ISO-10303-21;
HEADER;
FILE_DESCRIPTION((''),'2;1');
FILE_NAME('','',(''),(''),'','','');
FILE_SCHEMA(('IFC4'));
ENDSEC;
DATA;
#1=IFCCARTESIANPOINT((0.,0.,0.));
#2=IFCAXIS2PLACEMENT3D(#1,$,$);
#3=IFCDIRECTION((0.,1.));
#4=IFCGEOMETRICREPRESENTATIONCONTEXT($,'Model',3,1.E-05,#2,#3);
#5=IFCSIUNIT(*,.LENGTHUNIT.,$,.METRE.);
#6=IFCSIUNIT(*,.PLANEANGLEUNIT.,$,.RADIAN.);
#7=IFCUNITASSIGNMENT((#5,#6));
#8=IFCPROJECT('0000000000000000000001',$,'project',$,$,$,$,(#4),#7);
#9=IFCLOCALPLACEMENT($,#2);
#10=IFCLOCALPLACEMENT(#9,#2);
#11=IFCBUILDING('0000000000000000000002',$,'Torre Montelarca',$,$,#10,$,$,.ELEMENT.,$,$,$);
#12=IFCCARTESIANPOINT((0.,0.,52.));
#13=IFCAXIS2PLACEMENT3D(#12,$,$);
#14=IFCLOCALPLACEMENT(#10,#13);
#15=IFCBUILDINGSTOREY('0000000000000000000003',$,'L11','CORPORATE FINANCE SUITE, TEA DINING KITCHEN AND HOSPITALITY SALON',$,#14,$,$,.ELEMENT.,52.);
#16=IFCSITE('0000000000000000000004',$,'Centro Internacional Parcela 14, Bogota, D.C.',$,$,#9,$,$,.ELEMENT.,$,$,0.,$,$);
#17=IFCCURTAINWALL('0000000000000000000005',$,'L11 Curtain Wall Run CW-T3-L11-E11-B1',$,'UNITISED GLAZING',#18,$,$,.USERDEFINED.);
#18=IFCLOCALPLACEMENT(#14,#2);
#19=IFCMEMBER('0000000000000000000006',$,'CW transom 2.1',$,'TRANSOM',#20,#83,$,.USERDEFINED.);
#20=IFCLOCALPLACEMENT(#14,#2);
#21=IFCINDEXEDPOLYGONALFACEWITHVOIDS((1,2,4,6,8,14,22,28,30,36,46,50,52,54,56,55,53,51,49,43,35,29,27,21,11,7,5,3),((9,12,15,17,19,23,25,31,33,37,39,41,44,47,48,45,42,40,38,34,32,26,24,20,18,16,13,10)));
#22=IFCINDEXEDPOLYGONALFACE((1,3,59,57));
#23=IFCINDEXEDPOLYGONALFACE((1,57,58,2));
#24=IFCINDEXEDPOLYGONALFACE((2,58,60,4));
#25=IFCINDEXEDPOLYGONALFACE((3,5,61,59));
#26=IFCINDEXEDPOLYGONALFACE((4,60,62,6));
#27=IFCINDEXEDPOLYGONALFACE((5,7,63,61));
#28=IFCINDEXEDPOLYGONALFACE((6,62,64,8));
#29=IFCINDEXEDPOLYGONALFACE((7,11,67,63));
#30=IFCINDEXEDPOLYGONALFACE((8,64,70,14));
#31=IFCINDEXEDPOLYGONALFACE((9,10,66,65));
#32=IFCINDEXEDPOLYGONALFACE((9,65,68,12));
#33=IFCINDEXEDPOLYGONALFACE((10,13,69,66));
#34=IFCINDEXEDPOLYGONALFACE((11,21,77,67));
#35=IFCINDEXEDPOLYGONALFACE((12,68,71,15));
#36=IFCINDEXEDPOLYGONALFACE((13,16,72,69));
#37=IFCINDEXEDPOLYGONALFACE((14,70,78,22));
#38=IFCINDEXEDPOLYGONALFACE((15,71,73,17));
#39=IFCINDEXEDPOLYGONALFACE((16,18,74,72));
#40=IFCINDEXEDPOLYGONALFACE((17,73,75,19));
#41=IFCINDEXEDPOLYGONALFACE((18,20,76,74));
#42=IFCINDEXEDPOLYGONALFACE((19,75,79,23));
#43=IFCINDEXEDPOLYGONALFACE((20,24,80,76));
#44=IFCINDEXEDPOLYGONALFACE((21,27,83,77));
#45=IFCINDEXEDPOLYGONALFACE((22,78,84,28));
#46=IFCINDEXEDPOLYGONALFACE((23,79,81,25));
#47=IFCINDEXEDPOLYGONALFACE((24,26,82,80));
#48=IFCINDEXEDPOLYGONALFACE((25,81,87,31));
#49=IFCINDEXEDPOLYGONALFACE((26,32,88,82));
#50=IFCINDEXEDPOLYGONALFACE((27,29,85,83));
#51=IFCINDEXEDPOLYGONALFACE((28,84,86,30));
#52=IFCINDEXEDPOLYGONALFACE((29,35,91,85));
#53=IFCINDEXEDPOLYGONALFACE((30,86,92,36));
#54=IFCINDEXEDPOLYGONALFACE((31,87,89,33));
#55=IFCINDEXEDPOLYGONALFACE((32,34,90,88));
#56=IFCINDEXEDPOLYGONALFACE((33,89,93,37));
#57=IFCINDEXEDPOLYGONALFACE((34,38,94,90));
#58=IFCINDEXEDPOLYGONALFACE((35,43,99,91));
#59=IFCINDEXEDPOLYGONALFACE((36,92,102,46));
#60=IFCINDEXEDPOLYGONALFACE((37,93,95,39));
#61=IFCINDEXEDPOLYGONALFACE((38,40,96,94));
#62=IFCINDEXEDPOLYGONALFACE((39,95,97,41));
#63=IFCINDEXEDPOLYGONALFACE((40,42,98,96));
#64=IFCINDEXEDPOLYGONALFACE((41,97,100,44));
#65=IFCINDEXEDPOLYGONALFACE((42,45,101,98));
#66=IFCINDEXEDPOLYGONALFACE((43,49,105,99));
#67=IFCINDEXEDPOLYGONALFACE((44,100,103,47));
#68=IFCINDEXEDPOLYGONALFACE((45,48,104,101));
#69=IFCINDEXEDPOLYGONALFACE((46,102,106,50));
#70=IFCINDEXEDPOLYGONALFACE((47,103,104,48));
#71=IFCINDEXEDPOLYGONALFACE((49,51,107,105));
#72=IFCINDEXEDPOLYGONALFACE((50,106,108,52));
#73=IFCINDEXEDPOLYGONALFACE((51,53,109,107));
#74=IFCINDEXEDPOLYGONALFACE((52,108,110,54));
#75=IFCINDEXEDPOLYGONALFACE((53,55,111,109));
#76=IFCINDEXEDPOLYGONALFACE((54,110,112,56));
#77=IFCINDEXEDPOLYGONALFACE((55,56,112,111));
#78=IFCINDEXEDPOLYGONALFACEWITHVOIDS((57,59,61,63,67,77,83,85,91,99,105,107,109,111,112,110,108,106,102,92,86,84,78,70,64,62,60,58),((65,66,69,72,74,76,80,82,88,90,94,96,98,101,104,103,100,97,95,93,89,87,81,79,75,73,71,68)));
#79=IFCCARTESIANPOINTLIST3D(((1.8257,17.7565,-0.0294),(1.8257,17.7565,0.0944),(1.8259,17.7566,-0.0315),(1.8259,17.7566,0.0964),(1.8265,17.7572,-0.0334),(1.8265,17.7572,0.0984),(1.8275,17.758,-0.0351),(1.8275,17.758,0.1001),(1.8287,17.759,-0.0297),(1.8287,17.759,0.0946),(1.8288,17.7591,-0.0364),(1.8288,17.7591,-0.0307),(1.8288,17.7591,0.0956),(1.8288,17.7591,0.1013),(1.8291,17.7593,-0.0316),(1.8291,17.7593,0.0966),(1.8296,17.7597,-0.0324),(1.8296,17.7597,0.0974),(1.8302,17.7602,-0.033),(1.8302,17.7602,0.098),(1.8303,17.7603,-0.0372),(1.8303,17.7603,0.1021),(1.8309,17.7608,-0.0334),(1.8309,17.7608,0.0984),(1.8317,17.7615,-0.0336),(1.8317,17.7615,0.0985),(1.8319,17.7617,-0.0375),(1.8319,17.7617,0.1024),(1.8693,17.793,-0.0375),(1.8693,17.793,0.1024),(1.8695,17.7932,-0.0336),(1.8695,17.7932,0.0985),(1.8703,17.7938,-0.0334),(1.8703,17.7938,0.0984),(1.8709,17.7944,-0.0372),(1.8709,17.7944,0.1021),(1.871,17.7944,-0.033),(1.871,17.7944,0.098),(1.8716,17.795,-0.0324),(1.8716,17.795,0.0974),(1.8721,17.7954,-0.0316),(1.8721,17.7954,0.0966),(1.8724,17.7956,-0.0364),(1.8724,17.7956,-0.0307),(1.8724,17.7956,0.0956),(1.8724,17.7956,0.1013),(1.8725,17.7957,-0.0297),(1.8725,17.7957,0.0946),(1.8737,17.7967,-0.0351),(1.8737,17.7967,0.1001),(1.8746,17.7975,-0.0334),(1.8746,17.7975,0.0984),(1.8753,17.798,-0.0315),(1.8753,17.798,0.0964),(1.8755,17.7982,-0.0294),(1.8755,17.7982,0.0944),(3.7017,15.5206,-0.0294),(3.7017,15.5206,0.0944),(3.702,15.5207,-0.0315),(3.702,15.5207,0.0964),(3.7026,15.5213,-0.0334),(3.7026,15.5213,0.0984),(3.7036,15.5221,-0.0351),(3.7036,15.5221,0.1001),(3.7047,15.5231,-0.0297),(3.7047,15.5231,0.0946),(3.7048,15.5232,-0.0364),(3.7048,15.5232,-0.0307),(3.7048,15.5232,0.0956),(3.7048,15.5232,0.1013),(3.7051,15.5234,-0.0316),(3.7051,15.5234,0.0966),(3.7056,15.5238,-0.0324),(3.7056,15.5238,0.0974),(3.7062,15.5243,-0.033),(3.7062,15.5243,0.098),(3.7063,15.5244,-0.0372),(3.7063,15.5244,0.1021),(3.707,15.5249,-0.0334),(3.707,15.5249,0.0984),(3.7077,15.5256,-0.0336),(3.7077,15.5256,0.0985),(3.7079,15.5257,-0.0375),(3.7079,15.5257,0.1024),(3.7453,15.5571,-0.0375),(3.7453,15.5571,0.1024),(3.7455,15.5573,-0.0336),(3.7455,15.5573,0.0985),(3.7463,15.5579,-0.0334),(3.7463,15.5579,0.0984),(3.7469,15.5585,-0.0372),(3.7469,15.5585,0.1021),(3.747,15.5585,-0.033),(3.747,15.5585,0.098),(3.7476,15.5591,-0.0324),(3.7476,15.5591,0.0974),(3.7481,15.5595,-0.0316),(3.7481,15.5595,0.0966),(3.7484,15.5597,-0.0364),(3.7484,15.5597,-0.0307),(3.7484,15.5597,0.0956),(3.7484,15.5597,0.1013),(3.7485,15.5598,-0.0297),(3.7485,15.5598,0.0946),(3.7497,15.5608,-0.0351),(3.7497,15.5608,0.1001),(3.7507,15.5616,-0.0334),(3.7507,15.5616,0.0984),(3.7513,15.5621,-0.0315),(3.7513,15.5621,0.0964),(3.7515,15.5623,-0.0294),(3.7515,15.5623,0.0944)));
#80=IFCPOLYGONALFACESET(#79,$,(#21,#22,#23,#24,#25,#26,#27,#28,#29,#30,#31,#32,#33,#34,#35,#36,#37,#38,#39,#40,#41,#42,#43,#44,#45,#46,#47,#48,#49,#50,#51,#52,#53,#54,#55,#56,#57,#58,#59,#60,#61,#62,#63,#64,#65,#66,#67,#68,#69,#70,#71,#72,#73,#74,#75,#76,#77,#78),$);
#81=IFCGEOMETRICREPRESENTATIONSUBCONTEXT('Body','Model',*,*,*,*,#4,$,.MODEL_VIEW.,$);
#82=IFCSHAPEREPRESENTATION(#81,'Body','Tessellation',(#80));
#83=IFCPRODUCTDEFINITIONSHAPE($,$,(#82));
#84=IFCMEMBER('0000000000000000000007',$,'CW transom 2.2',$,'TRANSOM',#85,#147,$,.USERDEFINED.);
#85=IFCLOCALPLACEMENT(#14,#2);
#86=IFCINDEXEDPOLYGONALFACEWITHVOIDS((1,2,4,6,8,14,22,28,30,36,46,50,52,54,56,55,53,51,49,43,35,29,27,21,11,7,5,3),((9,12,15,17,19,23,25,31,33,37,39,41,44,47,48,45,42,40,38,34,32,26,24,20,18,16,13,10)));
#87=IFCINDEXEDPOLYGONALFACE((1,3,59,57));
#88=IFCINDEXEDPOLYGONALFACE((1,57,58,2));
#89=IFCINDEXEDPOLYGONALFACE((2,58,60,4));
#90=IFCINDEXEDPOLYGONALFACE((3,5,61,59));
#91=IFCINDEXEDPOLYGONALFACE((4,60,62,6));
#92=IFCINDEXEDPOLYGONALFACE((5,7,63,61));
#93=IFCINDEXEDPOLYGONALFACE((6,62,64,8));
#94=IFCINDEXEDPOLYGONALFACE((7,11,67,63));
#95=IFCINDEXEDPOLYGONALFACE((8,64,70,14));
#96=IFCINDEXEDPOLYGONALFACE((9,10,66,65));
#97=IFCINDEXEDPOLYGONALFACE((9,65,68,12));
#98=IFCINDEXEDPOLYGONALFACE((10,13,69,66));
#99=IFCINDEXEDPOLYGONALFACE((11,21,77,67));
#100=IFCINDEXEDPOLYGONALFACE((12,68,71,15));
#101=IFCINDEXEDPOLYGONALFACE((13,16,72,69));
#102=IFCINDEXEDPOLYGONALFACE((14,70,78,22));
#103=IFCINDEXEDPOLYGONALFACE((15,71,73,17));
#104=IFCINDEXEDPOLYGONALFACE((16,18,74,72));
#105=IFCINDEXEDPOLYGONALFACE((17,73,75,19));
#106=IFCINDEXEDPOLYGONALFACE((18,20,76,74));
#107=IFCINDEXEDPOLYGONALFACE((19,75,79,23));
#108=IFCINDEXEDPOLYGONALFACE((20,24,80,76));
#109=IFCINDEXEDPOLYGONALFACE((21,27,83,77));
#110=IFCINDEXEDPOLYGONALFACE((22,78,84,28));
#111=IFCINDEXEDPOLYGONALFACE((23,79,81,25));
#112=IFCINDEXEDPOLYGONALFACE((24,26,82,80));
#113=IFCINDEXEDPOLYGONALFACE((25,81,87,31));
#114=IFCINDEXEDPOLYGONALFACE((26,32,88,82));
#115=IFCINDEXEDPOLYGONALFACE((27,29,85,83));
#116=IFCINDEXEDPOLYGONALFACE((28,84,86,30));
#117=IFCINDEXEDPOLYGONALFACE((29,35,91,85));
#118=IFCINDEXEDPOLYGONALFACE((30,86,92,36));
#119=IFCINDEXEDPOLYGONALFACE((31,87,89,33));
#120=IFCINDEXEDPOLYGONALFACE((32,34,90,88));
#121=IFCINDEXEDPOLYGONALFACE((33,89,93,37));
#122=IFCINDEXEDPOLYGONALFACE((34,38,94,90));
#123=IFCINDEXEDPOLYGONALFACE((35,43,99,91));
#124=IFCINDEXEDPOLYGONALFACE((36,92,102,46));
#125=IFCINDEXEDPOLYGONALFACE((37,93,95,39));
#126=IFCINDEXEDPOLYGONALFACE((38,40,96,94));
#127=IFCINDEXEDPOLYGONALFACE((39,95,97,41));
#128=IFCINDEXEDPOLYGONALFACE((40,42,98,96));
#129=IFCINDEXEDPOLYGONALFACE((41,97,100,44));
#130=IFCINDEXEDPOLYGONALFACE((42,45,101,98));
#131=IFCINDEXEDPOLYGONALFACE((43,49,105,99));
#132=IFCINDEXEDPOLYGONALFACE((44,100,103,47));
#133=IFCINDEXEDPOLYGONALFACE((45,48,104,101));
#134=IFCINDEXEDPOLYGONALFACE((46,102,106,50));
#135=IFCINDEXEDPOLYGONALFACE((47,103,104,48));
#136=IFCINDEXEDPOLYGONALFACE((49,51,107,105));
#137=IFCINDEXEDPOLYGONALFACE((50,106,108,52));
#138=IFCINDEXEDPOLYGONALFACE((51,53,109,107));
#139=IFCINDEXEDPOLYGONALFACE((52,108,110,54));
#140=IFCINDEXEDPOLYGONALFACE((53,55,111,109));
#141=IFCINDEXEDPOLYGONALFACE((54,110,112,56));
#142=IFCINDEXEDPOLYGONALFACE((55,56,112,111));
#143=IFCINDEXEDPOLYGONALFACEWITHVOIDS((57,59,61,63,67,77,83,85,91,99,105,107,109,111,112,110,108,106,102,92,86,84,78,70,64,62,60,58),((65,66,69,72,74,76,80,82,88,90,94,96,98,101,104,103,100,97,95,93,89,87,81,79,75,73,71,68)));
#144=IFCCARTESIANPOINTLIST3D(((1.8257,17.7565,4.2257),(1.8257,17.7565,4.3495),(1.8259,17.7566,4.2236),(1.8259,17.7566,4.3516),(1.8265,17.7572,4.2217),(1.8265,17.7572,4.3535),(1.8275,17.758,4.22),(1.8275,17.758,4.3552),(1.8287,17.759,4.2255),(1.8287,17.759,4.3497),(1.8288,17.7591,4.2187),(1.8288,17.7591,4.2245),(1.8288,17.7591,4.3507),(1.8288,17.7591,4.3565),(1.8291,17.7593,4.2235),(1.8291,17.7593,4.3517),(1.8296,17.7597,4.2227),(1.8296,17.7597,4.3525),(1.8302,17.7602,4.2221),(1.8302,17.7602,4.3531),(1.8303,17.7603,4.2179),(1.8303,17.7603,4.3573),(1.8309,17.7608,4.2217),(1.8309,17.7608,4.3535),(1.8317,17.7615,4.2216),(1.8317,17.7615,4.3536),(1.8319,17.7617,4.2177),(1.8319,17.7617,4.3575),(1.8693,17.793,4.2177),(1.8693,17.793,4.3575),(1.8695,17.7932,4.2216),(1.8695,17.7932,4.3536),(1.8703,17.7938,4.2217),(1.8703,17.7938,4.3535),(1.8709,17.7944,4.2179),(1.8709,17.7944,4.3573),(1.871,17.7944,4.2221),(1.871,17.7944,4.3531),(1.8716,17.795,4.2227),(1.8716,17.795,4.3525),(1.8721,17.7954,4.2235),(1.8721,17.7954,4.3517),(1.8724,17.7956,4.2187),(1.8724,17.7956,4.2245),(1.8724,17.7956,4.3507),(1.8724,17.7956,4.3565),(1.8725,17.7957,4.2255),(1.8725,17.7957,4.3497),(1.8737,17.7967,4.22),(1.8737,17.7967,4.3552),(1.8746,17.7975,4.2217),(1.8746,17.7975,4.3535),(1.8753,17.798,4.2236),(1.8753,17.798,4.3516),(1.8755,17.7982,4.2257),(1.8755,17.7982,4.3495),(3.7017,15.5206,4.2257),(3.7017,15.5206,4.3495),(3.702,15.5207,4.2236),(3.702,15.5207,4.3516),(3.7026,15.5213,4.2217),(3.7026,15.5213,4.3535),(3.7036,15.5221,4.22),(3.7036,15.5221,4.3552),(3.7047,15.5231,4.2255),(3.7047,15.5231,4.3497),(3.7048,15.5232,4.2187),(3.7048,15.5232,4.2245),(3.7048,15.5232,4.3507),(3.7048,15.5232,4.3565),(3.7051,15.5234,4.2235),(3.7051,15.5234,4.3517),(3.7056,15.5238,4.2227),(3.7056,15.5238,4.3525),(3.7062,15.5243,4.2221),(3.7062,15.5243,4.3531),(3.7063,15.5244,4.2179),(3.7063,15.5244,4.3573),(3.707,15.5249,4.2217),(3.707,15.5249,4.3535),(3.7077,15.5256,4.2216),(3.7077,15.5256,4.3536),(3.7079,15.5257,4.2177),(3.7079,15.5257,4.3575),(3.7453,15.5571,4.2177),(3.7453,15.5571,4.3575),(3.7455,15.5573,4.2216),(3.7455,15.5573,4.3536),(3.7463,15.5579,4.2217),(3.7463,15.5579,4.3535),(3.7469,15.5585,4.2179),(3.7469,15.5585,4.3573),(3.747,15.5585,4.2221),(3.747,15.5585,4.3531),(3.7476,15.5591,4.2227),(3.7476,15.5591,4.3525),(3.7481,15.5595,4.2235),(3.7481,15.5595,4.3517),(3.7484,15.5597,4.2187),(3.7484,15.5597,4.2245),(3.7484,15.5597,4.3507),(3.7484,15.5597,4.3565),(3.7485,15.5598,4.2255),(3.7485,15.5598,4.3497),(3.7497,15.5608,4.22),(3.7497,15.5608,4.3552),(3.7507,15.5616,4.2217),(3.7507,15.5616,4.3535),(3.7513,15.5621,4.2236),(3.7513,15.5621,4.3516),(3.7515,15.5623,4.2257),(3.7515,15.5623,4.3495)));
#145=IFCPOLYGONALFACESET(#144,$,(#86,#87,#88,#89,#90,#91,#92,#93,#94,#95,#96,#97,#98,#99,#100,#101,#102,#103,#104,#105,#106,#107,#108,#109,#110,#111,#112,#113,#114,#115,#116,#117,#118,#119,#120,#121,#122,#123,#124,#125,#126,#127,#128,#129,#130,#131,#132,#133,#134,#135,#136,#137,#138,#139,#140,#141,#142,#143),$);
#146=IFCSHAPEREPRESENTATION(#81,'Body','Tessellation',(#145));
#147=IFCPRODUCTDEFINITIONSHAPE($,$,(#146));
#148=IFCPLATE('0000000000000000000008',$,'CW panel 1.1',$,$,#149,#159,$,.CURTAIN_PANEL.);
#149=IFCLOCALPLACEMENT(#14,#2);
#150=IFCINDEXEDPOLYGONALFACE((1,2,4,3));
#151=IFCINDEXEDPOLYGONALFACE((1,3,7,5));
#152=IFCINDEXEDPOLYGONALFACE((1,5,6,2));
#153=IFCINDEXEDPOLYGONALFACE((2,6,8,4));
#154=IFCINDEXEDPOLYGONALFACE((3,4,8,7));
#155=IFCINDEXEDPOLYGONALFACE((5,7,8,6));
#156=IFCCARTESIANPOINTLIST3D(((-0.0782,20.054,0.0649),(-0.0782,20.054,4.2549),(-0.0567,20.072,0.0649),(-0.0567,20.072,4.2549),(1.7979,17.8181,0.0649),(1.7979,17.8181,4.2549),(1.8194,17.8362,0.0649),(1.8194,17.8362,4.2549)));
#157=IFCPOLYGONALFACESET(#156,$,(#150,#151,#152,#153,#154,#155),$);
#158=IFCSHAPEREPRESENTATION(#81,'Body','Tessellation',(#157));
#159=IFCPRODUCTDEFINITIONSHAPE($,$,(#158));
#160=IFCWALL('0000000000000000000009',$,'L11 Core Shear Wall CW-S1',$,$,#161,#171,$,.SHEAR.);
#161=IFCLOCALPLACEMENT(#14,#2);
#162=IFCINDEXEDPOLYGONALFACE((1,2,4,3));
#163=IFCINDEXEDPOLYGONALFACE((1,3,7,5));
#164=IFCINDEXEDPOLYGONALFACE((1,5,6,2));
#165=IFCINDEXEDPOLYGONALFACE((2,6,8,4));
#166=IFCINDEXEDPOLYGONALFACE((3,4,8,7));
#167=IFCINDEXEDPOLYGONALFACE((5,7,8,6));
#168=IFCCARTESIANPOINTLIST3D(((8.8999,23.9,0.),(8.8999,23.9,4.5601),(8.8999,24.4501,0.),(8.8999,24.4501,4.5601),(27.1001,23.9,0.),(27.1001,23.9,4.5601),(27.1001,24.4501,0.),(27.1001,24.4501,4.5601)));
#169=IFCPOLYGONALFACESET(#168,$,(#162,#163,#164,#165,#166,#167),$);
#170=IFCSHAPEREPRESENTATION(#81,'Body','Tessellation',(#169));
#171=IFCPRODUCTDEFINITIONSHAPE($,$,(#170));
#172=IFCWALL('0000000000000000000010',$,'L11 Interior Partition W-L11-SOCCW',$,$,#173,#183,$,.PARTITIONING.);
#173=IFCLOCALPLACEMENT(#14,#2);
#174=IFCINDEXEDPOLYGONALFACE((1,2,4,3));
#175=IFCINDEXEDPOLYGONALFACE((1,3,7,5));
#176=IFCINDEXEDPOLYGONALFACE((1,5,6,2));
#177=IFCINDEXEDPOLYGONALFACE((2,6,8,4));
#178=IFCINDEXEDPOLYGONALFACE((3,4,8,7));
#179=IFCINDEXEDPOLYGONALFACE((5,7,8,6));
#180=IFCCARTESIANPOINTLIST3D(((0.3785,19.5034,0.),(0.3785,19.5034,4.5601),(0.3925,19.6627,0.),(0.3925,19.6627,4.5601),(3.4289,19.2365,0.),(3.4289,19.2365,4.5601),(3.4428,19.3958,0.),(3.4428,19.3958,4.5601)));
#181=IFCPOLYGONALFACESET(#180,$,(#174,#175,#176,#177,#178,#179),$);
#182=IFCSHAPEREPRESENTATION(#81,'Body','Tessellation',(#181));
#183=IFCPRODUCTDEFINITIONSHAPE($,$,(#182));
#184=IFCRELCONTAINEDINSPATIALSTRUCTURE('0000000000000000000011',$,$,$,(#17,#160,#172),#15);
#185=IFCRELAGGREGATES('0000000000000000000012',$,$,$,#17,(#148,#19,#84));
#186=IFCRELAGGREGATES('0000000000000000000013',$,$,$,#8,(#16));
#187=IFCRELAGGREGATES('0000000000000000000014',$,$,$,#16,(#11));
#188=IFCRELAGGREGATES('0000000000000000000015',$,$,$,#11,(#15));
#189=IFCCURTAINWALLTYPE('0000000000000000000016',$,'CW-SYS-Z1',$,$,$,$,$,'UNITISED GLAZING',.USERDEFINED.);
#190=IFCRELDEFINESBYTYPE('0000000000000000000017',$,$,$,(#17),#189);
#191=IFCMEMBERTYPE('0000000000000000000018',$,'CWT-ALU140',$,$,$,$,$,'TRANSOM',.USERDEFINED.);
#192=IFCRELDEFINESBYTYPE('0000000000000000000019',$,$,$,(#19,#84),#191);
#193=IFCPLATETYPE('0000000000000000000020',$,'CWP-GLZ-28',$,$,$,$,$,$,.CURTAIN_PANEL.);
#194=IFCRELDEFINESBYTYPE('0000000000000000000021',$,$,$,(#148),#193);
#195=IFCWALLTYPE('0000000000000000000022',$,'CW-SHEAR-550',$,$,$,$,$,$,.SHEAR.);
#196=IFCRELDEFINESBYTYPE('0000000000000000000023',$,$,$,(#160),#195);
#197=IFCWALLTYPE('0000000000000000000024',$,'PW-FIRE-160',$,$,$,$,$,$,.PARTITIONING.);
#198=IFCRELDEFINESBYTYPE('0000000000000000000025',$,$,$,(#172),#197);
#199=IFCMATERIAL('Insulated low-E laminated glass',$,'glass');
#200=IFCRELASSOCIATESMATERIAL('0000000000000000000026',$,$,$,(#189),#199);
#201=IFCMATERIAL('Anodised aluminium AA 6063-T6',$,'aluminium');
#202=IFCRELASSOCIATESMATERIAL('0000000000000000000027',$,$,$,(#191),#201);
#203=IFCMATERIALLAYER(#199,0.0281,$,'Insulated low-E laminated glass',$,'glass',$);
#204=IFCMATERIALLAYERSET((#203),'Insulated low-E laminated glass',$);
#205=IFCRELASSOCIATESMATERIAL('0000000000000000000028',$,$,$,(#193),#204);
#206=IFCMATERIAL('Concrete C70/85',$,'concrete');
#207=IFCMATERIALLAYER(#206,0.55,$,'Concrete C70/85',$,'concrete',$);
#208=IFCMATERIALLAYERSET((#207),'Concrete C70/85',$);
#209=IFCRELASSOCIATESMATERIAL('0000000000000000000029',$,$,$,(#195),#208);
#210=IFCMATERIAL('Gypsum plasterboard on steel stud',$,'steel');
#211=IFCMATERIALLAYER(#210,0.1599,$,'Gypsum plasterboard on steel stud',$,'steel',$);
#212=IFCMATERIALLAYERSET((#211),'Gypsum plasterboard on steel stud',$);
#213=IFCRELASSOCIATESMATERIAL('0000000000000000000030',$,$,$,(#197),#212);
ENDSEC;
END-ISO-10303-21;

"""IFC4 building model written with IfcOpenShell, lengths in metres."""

from ifc_helpers import new_model, si_unit, direction, frame, frame_2d, origin, origin_2d, place, context, subcontext, project, spatial, rectangle, hollow_rectangle, extrude, source, transform, mapped, material, layer, layer_set, material_profile, profile_set, type_object, element, aggregate, save


model = new_model("IFC4")

# Units and contexts
model_context = context("Model", 3, precision=1e-05, world=origin(), true_north=direction((0.0, 1.0)))
body_context = subcontext(model_context, "Body", "Model", "MODEL_VIEW")
ifc_project = project(units=[si_unit("LENGTHUNIT", "METRE"), si_unit("PLANEANGLEUNIT", "RADIAN")], contexts=[model_context])

# Site, building, storey
site_placement = place(None, origin())
site = spatial("IfcSite", under=ifc_project, at=site_placement, Name="Centro Internacional Parcela 14, Bogota, D.C.", CompositionType="ELEMENT", RefElevation=0.0)
building_placement = place(site_placement, origin())
building = spatial("IfcBuilding", under=site, at=building_placement, Name="Torre Montelarca", CompositionType="ELEMENT")
storey_placement = place(building_placement, frame((0.0, 0.0, 52.0)))
storey = spatial("IfcBuildingStorey", under=building, at=storey_placement, Name="L11", Description="CORPORATE FINANCE SUITE, TEA DINING KITCHEN AND HOSPITALITY SALON", CompositionType="ELEMENT", Elevation=52.0)

# Shared definitions
ifc_material_1 = material(Name="Concrete C70/85", Category="concrete")

# Shared definitions
ifc_material_2 = material(Name="Insulated low-E laminated glass", Category="glass")
curtain_wall_type = type_object("IfcCurtainWallType", Name="CW-SYS-Z1", ElementType="UNITISED GLAZING", PredefinedType="USERDEFINED", material=ifc_material_2)
ifc_material_3 = material(Name="Anodised aluminium AA 6063-T6", Category="aluminium")

# Curtain wall, members, plate
curtain_wall_1_placement = place(storey_placement, origin())
curtain_wall_1 = element("IfcCurtainWall", 1, at=curtain_wall_1_placement, inside=storey, type_object=curtain_wall_type, Name="L11 Curtain Wall Run CW-T3-L11-E11-B1", ObjectType="UNITISED GLAZING", PredefinedType="USERDEFINED")
ifc_material_profile_1 = material_profile(ifc_material_3, hollow_rectangle(XDim=0.0649, YDim=0.1399, WallThickness=0.0039, InnerFilletRadius=0.0039, OuterFilletRadius=0.0081, at=origin_2d()), Name="ALU65X140X4", Category="aluminium")
ifc_profile_set_1 = profile_set([ifc_material_profile_1], Name="Anodised aluminium AA 6063-T6")
member_type_1 = type_object("IfcMemberType", Name="CWT-ALU140", ElementType="TRANSOM", PredefinedType="USERDEFINED", material=ifc_profile_set_1)
shared_shape_1 = source(origin(), body_context, "Body", "SweptSolid", [
    extrude(hollow_rectangle(XDim=0.0649, YDim=0.1399, WallThickness=0.0039, InnerFilletRadius=0.0039, OuterFilletRadius=0.0081, at=origin_2d()), origin(), (0.0, 0.0, 1.0), 2.9187),
])
member_1_placement = place(storey_placement, frame((1.8506, 17.7773, 0.0325), z_axis=(0.642764, -0.766064, 0.0), x_axis=(0.766064, 0.642764, 0.0)))
member_1 = element("IfcMember", 2, at=member_1_placement, type_object=member_type_1, Name="CW transom 2.1", ObjectType="TRANSOM", PredefinedType="USERDEFINED", context=body_context, shape_type="MappedRepresentation", body=[
    mapped(shared_shape_1, transform((0.0, 0.0, 0.0), scale=1.0)),
])
member_2_placement = place(storey_placement, frame((1.8506, 17.7773, 4.2876), z_axis=(0.642764, -0.766064, 0.0), x_axis=(0.766064, 0.642764, 0.0)))
member_2 = element("IfcMember", 3, at=member_2_placement, type_object=member_type_1, Name="CW transom 2.2", ObjectType="TRANSOM", PredefinedType="USERDEFINED", context=body_context, shape_type="MappedRepresentation", body=[
    mapped(shared_shape_1, transform((0.0, 0.0, 0.0), scale=1.0)),
])
ifc_layer_1 = layer(ifc_material_2, 0.0281, Name="Insulated low-E laminated glass", Category="glass")
ifc_layer_set_1 = layer_set([ifc_layer_1], Name="Insulated low-E laminated glass")
plate_type = type_object("IfcPlateType", Name="CWP-GLZ-28", PredefinedType="CURTAIN_PANEL", material=ifc_layer_set_1)
shared_shape_2 = source(origin(), body_context, "Body", "SweptSolid", [
    extrude(rectangle(XDim=2.9187, YDim=0.0281, at=origin_2d()), origin(), (0.0, 0.0, 1.0), 4.1899),
])
plate_placement = place(storey_placement, frame((0.8706, 18.9451, 0.0649), z_axis=(0.0, 0.0, 1.0), x_axis=(0.64279, -0.766043, 0.0)))
plate = element("IfcPlate", 4, at=plate_placement, type_object=plate_type, Name="CW panel 1.1", PredefinedType="CURTAIN_PANEL", context=body_context, shape_type="MappedRepresentation", body=[
    mapped(shared_shape_2, transform((0.0, 0.0, 0.0), scale=1.0)),
])
aggregate(curtain_wall_1, [plate, member_1, member_2])

# Walls
ifc_layer_2 = layer(ifc_material_1, 0.55, Name="Concrete C70/85", Category="concrete")
ifc_layer_set_2 = layer_set([ifc_layer_2], Name="Concrete C70/85")
wall_type_1 = type_object("IfcWallType", Name="CW-SHEAR-550", PredefinedType="SHEAR", material=ifc_layer_set_2)
wall_1_placement = place(storey_placement, frame((8.8999, 24.175, 0.0), z_axis=(0.0, 0.0, 1.0), x_axis=(1.0, 0.0, 0.0)))
element("IfcWall", 5, at=wall_1_placement, inside=storey, type_object=wall_type_1, Name="L11 Core Shear Wall CW-S1", PredefinedType="SHEAR", context=body_context, shape_type="SweptSolid", body=[
    extrude(rectangle(XDim=18.2002, YDim=0.55, at=frame_2d((9.1001, 0.0))), origin(), (0.0, 0.0, 1.0), 4.5601),
])
ifc_material_4 = material(Name="Gypsum plasterboard on steel stud", Category="steel")
ifc_layer_3 = layer(ifc_material_4, 0.1599, Name="Gypsum plasterboard on steel stud", Category="steel")
ifc_layer_set_3 = layer_set([ifc_layer_3], Name="Gypsum plasterboard on steel stud")
wall_type_2 = type_object("IfcWallType", Name="PW-FIRE-160", PredefinedType="PARTITIONING", material=ifc_layer_set_3)
wall_2_placement = place(storey_placement, frame((0.3855, 19.583, 0.0), z_axis=(0.0, 0.0, 1.0), x_axis=(0.996195, -0.087149, 0.0)))
element("IfcWall", 6, at=wall_2_placement, inside=storey, type_object=wall_type_2, Name="L11 Interior Partition W-L11-SOCCW", PredefinedType="PARTITIONING", context=body_context, shape_type="SweptSolid", body=[
    extrude(rectangle(XDim=3.062, YDim=0.1599, at=frame_2d((1.531, 0.0))), origin(), (0.0, 0.0, 1.0), 4.5601),
])

save(model, "model.ifc")
